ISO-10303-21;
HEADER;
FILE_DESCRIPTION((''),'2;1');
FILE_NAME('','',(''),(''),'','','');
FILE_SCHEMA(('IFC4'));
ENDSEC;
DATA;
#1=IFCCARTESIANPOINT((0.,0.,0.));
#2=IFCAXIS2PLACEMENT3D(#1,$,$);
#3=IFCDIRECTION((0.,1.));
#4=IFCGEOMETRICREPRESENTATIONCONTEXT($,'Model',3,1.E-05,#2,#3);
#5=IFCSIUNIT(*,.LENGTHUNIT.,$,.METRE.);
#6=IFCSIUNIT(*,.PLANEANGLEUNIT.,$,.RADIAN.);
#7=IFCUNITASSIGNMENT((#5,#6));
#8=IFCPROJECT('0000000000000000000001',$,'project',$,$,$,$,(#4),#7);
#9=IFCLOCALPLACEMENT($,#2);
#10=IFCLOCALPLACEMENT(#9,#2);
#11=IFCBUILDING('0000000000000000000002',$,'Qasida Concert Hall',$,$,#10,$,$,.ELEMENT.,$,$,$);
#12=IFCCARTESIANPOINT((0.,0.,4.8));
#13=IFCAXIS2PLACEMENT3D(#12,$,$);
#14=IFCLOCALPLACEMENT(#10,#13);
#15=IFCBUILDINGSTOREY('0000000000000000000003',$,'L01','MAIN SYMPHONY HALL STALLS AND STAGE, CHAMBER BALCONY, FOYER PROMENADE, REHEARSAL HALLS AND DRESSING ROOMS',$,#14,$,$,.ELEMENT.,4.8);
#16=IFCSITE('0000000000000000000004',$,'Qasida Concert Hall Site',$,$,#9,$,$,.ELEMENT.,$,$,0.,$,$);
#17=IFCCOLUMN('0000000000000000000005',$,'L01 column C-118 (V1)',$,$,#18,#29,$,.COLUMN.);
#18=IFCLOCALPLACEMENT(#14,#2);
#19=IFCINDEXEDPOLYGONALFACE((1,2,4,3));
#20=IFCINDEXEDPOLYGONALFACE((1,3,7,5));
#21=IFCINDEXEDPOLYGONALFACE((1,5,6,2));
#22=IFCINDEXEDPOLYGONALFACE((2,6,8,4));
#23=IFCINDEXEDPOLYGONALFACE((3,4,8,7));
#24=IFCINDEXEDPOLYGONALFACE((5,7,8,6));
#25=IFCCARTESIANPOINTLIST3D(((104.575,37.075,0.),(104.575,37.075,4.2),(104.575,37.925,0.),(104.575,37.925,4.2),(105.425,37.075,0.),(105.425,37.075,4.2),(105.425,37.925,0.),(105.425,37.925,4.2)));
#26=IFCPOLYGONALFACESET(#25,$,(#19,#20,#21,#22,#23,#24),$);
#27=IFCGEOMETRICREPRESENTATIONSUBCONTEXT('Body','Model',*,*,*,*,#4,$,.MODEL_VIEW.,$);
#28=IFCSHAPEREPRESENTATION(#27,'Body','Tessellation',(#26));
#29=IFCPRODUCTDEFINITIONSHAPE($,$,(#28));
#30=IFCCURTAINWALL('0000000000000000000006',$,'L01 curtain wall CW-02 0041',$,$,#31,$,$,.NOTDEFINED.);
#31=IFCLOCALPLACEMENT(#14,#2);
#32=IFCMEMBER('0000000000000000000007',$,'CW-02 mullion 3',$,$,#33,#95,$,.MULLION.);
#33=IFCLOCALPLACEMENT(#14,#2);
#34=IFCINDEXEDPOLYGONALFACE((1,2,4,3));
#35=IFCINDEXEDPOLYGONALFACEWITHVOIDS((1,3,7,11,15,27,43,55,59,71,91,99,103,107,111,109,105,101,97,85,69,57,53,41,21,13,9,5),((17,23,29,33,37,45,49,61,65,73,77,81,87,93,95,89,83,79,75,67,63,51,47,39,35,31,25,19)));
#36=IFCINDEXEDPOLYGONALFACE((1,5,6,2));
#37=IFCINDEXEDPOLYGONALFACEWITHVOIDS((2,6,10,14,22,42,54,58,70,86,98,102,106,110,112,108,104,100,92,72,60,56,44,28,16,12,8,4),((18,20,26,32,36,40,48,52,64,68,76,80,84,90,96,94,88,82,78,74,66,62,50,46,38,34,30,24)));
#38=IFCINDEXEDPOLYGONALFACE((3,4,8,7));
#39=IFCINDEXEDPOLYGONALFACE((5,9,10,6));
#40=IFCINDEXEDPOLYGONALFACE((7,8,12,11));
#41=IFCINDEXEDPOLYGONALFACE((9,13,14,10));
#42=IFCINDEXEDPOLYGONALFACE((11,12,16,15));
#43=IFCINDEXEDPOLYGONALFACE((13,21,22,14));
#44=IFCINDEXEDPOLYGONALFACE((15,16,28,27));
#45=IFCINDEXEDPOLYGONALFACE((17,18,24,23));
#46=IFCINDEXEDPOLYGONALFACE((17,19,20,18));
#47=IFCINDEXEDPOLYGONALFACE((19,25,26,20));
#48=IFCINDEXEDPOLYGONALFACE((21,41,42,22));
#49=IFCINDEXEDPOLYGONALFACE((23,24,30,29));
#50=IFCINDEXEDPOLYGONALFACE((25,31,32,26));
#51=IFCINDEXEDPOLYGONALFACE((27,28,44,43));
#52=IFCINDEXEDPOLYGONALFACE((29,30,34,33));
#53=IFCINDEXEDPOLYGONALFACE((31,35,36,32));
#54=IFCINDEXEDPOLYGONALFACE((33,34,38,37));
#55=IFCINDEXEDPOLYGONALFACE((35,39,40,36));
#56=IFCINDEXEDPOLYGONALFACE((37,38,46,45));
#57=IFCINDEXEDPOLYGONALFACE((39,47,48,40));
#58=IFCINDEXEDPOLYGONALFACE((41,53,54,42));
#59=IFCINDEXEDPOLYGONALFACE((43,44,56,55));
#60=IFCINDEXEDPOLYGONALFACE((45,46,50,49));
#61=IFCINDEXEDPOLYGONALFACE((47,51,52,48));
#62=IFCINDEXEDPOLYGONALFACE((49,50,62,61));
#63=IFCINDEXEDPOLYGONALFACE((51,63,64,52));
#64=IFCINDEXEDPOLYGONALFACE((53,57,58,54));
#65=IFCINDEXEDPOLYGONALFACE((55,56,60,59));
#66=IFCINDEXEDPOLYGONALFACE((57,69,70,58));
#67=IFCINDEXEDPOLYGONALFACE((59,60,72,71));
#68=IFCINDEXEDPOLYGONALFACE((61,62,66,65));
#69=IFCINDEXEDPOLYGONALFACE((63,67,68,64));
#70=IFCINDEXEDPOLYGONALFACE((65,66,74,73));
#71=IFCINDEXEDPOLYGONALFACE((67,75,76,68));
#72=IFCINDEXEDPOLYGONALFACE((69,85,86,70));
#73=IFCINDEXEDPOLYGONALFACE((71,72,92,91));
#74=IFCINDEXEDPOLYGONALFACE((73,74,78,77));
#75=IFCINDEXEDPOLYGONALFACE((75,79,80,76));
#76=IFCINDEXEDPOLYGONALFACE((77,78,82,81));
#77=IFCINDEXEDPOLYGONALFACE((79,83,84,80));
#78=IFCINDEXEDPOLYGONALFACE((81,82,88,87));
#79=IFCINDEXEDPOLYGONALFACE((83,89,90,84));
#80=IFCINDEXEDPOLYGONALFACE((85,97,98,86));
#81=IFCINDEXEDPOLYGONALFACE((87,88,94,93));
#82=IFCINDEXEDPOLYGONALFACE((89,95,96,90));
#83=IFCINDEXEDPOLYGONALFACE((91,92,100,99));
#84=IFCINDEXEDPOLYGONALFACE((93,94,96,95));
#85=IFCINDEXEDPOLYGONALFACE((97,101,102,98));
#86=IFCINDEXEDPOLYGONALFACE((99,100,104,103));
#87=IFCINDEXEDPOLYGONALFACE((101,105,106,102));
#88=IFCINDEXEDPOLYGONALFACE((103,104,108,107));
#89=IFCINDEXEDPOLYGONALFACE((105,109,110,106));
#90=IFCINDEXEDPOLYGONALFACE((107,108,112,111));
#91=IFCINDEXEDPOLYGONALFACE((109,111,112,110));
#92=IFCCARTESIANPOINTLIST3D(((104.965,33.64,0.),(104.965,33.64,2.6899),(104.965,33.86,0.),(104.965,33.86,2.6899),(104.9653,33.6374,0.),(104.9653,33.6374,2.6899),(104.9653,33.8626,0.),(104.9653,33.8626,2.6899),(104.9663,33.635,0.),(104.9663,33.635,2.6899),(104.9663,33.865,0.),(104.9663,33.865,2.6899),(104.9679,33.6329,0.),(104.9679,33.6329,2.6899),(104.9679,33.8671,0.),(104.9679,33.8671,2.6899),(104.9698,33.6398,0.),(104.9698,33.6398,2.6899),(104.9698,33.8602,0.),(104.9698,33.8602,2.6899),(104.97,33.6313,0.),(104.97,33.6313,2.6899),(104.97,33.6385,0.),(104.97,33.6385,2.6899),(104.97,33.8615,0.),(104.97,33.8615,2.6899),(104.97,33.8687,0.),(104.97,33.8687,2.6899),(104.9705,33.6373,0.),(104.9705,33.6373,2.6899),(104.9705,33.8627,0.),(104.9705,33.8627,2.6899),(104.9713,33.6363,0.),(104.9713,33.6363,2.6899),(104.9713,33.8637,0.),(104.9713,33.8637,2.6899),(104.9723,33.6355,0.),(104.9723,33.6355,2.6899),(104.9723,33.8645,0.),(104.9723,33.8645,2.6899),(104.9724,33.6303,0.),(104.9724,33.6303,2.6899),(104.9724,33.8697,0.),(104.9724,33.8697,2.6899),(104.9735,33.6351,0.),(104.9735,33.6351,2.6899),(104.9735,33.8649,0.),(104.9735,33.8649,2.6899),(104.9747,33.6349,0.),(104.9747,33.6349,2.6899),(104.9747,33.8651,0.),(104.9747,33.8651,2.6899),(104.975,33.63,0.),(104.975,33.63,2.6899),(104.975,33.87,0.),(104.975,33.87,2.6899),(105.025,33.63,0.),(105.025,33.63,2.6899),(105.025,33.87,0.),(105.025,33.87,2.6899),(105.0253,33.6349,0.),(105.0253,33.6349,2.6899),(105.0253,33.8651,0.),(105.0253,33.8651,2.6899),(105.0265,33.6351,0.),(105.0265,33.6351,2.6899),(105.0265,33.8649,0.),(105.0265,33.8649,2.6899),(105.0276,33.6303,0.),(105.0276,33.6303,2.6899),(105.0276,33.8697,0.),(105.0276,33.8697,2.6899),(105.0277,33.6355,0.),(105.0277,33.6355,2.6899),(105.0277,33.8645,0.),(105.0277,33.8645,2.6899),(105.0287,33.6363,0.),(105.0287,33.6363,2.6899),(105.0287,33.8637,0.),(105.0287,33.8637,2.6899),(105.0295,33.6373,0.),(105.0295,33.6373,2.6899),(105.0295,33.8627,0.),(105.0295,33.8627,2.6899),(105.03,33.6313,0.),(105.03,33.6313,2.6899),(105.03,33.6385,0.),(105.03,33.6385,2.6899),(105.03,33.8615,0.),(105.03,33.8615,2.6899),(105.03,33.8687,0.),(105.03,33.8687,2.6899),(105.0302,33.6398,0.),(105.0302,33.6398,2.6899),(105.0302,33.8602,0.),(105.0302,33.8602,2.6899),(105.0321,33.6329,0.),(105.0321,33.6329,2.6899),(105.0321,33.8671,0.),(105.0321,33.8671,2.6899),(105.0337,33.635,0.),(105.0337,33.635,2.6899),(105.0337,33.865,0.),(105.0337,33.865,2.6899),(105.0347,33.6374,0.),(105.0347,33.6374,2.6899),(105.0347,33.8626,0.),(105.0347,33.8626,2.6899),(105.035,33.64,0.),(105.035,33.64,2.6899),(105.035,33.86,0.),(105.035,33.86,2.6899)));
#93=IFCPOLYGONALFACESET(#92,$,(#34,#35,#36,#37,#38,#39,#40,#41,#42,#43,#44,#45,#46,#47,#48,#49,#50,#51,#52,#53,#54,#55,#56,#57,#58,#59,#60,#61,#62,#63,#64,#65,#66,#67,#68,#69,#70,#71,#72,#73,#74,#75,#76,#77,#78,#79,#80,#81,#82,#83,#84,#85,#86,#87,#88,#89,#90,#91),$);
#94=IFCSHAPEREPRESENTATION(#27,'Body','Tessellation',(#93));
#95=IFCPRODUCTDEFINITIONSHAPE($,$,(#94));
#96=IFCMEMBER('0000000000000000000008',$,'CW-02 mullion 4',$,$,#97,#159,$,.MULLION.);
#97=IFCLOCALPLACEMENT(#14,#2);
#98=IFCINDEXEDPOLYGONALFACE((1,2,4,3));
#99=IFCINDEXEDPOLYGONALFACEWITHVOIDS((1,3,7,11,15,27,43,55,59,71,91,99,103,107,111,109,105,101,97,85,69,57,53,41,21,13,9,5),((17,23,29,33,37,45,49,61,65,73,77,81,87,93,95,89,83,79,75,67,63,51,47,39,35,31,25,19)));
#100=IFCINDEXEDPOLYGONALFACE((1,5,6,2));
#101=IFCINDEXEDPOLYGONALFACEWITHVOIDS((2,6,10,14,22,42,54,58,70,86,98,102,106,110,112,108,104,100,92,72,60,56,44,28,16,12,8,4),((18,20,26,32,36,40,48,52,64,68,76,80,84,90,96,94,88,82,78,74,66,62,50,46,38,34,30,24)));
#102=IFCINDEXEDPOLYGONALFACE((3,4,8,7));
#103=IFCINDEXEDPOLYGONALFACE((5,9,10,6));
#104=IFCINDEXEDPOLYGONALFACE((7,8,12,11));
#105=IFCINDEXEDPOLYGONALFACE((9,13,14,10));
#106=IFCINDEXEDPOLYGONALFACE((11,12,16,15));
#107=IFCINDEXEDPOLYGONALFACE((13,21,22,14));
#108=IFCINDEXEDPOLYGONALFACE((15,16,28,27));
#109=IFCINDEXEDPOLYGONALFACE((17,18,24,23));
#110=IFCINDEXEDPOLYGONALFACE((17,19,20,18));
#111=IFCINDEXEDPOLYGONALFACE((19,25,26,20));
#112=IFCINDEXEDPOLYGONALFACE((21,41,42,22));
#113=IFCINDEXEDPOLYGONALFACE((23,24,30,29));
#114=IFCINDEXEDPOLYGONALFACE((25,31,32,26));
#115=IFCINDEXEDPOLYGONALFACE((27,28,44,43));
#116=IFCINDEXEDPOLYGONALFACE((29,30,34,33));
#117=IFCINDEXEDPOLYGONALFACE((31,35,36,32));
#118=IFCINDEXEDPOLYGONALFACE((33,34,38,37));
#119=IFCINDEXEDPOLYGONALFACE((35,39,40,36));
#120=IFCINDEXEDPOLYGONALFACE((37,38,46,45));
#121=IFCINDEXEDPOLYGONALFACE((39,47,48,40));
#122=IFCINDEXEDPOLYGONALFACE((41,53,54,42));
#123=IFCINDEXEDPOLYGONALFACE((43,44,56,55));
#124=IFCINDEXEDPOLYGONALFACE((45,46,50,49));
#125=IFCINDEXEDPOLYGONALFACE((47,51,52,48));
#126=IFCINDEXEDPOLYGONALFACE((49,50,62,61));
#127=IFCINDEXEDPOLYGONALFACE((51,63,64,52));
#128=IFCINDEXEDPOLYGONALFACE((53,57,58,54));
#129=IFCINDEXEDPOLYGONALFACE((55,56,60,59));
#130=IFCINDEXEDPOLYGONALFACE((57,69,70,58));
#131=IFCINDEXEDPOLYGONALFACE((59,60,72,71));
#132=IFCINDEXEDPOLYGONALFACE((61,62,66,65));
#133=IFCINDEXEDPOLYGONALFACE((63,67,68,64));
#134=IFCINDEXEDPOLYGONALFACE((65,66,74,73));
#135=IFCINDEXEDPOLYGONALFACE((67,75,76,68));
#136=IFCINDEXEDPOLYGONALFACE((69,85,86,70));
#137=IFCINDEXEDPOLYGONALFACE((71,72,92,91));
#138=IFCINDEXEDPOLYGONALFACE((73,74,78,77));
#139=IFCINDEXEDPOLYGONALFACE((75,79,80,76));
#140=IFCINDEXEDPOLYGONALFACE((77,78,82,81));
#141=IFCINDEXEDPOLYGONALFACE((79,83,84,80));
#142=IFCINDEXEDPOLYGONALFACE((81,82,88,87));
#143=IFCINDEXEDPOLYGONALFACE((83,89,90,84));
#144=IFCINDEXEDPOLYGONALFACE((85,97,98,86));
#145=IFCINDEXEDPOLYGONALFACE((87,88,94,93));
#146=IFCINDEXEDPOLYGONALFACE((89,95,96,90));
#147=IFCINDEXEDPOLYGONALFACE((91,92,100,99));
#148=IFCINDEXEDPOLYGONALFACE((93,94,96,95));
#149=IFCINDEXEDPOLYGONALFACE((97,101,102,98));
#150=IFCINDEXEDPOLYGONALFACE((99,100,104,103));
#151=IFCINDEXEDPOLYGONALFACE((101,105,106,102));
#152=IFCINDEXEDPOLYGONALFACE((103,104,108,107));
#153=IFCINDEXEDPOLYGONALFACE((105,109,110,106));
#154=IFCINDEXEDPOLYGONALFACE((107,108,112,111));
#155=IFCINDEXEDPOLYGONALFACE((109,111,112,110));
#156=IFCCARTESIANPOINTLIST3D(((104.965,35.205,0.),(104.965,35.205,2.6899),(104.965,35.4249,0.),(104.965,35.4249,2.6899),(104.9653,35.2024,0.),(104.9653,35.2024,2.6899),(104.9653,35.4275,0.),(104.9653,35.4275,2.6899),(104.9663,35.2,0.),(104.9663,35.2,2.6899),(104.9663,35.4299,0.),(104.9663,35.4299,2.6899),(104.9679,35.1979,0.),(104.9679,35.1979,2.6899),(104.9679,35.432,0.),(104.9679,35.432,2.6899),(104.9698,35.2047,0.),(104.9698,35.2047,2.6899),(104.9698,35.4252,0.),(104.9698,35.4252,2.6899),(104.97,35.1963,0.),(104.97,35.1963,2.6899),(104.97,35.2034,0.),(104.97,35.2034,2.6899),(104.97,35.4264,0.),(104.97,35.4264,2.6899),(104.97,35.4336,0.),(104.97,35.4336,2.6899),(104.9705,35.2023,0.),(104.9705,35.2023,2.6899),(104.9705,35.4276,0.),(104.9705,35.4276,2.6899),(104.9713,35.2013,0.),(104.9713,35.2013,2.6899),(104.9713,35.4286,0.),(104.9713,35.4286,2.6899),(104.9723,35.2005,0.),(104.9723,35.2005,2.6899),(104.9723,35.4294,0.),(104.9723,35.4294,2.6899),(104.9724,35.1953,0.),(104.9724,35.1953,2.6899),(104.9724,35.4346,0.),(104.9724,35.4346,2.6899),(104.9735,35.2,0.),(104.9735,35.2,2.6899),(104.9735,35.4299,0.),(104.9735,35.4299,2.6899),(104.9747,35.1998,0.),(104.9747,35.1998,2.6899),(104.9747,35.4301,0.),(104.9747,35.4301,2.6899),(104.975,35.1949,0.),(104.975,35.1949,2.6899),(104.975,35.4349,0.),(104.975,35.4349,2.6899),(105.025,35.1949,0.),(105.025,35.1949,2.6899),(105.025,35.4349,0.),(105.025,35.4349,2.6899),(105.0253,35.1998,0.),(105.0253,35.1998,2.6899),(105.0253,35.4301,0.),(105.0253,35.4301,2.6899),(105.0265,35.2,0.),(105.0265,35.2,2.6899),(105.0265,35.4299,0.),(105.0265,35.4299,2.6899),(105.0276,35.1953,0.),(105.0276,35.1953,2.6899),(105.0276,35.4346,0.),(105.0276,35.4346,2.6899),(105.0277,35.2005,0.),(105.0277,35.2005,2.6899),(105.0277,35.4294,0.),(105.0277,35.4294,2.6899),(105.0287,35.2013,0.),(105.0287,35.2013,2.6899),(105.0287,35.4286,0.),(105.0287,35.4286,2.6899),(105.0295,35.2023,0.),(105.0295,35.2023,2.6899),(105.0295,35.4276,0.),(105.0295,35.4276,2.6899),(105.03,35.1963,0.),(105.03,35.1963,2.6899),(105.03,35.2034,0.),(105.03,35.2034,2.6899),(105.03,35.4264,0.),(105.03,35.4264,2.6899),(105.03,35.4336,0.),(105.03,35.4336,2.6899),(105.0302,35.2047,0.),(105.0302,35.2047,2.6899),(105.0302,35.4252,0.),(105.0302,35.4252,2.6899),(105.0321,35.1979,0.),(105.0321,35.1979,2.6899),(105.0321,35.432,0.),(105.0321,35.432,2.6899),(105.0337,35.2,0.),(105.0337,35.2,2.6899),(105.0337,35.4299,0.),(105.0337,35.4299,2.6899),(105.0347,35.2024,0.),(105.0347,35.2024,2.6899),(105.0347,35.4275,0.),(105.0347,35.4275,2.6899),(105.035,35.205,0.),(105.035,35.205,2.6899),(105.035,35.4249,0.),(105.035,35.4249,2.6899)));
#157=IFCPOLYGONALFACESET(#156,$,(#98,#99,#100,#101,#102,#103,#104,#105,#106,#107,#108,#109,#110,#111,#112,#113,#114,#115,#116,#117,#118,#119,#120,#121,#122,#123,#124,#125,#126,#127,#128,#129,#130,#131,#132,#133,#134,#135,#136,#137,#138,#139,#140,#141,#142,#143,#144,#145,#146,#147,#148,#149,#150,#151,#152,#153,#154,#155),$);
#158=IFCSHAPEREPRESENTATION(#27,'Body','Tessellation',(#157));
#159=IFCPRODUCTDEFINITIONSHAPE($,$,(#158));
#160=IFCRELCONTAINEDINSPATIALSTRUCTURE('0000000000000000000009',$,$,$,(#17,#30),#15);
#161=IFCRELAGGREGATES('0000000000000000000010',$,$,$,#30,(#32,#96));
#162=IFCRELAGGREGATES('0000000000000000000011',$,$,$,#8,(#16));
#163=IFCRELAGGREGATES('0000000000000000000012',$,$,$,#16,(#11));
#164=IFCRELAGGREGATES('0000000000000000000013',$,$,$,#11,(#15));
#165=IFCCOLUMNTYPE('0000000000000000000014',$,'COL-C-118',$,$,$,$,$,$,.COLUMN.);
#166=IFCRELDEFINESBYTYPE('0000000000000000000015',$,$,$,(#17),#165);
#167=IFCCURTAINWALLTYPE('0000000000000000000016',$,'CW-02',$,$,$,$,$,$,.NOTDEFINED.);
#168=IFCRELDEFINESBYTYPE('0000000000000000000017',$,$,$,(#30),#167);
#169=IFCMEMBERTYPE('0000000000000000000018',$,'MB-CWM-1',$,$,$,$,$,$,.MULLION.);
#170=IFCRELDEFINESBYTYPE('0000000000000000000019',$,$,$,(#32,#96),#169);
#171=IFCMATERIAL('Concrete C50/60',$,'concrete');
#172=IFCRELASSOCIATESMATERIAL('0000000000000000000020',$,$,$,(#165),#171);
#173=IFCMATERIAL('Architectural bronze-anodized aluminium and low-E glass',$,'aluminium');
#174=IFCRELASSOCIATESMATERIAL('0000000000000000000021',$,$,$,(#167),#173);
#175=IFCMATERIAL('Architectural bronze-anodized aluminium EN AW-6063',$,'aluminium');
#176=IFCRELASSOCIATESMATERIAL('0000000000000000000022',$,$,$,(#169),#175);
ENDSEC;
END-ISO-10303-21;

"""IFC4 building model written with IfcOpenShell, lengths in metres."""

from ifc_helpers import new_model, si_unit, direction, frame, origin, origin_2d, place, context, subcontext, project, spatial, rectangle, hollow_rectangle, extrude, material, material_profile, profile_set, type_object, element, aggregate, save


model = new_model("IFC4")

# Units and contexts
model_context = context("Model", 3, precision=1e-05, world=origin(), true_north=direction((0.0, 1.0)))
body_context = subcontext(model_context, "Body", "Model", "MODEL_VIEW")
ifc_project = project(units=[si_unit("LENGTHUNIT", "METRE"), si_unit("PLANEANGLEUNIT", "RADIAN")], contexts=[model_context])

# Site, building, storey
site_placement = place(None, origin())
site = spatial("IfcSite", under=ifc_project, at=site_placement, Name="Qasida Concert Hall Site", CompositionType="ELEMENT", RefElevation=0.0)
building_placement = place(site_placement, origin())
building = spatial("IfcBuilding", under=site, at=building_placement, Name="Qasida Concert Hall", CompositionType="ELEMENT")
storey_placement = place(building_placement, frame((0.0, 0.0, 4.8)))
storey = spatial("IfcBuildingStorey", under=building, at=storey_placement, Name="L01", Description="MAIN SYMPHONY HALL STALLS AND STAGE, CHAMBER BALCONY, FOYER PROMENADE, REHEARSAL HALLS AND DRESSING ROOMS", CompositionType="ELEMENT", Elevation=4.8)

# Column
ifc_material_1 = material(Name="Concrete C50/60", Category="concrete")
ifc_material_profile_1 = material_profile(ifc_material_1, rectangle(XDim=0.8501, YDim=0.8501, at=origin_2d()), Name="RC 850x850")
ifc_profile_set_1 = profile_set([ifc_material_profile_1], Name="Concrete C50/60")
column_type = type_object("IfcColumnType", Name="COL-C-118", PredefinedType="COLUMN", material=ifc_profile_set_1)
column_placement = place(storey_placement, frame((105.0, 37.5, 0.0), z_axis=(0.0, 0.0, 1.0), x_axis=(1.0, 0.0, 0.0)))
element("IfcColumn", 1, at=column_placement, inside=storey, type_object=column_type, Name="L01 column C-118 (V1)", PredefinedType="COLUMN", context=body_context, shape_type="SweptSolid", body=[
    extrude(rectangle(XDim=0.8501, YDim=0.8501, at=origin_2d()), origin(), (0.0, 0.0, 1.0), 4.2),
])

# Curtain wall, members
ifc_material_2 = material(Name="Architectural bronze-anodized aluminium and low-E glass", Category="aluminium")
curtain_wall_type = type_object("IfcCurtainWallType", Name="CW-02", PredefinedType="NOTDEFINED", material=ifc_material_2)
curtain_wall_placement = place(storey_placement, origin())
curtain_wall = element("IfcCurtainWall", 2, at=curtain_wall_placement, inside=storey, type_object=curtain_wall_type, Name="L01 curtain wall CW-02 0041", PredefinedType="NOTDEFINED")
ifc_material_3 = material(Name="Architectural bronze-anodized aluminium EN AW-6063", Category="aluminium")
ifc_material_profile_2 = material_profile(ifc_material_3, hollow_rectangle(XDim=0.0701, YDim=0.24, WallThickness=0.0049, InnerFilletRadius=0.0049, OuterFilletRadius=0.01, at=origin_2d()), Name="CWM 240x70x5")
ifc_profile_set_2 = profile_set([ifc_material_profile_2], Name="Architectural bronze-anodized aluminium EN AW-6063")
member_type_1 = type_object("IfcMemberType", Name="MB-CWM-1", PredefinedType="MULLION", material=ifc_profile_set_2)
member_1_placement = place(storey_placement, frame((105.0, 33.75, 0.0), z_axis=(0.0, 0.0, 1.0), x_axis=(-1.0, 0.0, 0.0)))
member_1 = element("IfcMember", 3, at=member_1_placement, type_object=member_type_1, Name="CW-02 mullion 3", PredefinedType="MULLION", context=body_context, shape_type="SweptSolid", body=[
    extrude(hollow_rectangle(XDim=0.0701, YDim=0.24, WallThickness=0.0049, InnerFilletRadius=0.0049, OuterFilletRadius=0.01, at=origin_2d()), origin(), (0.0, 0.0, 1.0), 2.6899),
])
member_2_placement = place(storey_placement, frame((105.0, 35.3149, 0.0), z_axis=(0.0, 0.0, 1.0), x_axis=(-1.0, 0.0, 0.0)))
member_2 = element("IfcMember", 4, at=member_2_placement, type_object=member_type_1, Name="CW-02 mullion 4", PredefinedType="MULLION", context=body_context, shape_type="SweptSolid", body=[
    extrude(hollow_rectangle(XDim=0.0701, YDim=0.24, WallThickness=0.0049, InnerFilletRadius=0.0049, OuterFilletRadius=0.01, at=origin_2d()), origin(), (0.0, 0.0, 1.0), 2.6899),
])
aggregate(curtain_wall, [member_1, member_2])

save(model, "model.ifc")
